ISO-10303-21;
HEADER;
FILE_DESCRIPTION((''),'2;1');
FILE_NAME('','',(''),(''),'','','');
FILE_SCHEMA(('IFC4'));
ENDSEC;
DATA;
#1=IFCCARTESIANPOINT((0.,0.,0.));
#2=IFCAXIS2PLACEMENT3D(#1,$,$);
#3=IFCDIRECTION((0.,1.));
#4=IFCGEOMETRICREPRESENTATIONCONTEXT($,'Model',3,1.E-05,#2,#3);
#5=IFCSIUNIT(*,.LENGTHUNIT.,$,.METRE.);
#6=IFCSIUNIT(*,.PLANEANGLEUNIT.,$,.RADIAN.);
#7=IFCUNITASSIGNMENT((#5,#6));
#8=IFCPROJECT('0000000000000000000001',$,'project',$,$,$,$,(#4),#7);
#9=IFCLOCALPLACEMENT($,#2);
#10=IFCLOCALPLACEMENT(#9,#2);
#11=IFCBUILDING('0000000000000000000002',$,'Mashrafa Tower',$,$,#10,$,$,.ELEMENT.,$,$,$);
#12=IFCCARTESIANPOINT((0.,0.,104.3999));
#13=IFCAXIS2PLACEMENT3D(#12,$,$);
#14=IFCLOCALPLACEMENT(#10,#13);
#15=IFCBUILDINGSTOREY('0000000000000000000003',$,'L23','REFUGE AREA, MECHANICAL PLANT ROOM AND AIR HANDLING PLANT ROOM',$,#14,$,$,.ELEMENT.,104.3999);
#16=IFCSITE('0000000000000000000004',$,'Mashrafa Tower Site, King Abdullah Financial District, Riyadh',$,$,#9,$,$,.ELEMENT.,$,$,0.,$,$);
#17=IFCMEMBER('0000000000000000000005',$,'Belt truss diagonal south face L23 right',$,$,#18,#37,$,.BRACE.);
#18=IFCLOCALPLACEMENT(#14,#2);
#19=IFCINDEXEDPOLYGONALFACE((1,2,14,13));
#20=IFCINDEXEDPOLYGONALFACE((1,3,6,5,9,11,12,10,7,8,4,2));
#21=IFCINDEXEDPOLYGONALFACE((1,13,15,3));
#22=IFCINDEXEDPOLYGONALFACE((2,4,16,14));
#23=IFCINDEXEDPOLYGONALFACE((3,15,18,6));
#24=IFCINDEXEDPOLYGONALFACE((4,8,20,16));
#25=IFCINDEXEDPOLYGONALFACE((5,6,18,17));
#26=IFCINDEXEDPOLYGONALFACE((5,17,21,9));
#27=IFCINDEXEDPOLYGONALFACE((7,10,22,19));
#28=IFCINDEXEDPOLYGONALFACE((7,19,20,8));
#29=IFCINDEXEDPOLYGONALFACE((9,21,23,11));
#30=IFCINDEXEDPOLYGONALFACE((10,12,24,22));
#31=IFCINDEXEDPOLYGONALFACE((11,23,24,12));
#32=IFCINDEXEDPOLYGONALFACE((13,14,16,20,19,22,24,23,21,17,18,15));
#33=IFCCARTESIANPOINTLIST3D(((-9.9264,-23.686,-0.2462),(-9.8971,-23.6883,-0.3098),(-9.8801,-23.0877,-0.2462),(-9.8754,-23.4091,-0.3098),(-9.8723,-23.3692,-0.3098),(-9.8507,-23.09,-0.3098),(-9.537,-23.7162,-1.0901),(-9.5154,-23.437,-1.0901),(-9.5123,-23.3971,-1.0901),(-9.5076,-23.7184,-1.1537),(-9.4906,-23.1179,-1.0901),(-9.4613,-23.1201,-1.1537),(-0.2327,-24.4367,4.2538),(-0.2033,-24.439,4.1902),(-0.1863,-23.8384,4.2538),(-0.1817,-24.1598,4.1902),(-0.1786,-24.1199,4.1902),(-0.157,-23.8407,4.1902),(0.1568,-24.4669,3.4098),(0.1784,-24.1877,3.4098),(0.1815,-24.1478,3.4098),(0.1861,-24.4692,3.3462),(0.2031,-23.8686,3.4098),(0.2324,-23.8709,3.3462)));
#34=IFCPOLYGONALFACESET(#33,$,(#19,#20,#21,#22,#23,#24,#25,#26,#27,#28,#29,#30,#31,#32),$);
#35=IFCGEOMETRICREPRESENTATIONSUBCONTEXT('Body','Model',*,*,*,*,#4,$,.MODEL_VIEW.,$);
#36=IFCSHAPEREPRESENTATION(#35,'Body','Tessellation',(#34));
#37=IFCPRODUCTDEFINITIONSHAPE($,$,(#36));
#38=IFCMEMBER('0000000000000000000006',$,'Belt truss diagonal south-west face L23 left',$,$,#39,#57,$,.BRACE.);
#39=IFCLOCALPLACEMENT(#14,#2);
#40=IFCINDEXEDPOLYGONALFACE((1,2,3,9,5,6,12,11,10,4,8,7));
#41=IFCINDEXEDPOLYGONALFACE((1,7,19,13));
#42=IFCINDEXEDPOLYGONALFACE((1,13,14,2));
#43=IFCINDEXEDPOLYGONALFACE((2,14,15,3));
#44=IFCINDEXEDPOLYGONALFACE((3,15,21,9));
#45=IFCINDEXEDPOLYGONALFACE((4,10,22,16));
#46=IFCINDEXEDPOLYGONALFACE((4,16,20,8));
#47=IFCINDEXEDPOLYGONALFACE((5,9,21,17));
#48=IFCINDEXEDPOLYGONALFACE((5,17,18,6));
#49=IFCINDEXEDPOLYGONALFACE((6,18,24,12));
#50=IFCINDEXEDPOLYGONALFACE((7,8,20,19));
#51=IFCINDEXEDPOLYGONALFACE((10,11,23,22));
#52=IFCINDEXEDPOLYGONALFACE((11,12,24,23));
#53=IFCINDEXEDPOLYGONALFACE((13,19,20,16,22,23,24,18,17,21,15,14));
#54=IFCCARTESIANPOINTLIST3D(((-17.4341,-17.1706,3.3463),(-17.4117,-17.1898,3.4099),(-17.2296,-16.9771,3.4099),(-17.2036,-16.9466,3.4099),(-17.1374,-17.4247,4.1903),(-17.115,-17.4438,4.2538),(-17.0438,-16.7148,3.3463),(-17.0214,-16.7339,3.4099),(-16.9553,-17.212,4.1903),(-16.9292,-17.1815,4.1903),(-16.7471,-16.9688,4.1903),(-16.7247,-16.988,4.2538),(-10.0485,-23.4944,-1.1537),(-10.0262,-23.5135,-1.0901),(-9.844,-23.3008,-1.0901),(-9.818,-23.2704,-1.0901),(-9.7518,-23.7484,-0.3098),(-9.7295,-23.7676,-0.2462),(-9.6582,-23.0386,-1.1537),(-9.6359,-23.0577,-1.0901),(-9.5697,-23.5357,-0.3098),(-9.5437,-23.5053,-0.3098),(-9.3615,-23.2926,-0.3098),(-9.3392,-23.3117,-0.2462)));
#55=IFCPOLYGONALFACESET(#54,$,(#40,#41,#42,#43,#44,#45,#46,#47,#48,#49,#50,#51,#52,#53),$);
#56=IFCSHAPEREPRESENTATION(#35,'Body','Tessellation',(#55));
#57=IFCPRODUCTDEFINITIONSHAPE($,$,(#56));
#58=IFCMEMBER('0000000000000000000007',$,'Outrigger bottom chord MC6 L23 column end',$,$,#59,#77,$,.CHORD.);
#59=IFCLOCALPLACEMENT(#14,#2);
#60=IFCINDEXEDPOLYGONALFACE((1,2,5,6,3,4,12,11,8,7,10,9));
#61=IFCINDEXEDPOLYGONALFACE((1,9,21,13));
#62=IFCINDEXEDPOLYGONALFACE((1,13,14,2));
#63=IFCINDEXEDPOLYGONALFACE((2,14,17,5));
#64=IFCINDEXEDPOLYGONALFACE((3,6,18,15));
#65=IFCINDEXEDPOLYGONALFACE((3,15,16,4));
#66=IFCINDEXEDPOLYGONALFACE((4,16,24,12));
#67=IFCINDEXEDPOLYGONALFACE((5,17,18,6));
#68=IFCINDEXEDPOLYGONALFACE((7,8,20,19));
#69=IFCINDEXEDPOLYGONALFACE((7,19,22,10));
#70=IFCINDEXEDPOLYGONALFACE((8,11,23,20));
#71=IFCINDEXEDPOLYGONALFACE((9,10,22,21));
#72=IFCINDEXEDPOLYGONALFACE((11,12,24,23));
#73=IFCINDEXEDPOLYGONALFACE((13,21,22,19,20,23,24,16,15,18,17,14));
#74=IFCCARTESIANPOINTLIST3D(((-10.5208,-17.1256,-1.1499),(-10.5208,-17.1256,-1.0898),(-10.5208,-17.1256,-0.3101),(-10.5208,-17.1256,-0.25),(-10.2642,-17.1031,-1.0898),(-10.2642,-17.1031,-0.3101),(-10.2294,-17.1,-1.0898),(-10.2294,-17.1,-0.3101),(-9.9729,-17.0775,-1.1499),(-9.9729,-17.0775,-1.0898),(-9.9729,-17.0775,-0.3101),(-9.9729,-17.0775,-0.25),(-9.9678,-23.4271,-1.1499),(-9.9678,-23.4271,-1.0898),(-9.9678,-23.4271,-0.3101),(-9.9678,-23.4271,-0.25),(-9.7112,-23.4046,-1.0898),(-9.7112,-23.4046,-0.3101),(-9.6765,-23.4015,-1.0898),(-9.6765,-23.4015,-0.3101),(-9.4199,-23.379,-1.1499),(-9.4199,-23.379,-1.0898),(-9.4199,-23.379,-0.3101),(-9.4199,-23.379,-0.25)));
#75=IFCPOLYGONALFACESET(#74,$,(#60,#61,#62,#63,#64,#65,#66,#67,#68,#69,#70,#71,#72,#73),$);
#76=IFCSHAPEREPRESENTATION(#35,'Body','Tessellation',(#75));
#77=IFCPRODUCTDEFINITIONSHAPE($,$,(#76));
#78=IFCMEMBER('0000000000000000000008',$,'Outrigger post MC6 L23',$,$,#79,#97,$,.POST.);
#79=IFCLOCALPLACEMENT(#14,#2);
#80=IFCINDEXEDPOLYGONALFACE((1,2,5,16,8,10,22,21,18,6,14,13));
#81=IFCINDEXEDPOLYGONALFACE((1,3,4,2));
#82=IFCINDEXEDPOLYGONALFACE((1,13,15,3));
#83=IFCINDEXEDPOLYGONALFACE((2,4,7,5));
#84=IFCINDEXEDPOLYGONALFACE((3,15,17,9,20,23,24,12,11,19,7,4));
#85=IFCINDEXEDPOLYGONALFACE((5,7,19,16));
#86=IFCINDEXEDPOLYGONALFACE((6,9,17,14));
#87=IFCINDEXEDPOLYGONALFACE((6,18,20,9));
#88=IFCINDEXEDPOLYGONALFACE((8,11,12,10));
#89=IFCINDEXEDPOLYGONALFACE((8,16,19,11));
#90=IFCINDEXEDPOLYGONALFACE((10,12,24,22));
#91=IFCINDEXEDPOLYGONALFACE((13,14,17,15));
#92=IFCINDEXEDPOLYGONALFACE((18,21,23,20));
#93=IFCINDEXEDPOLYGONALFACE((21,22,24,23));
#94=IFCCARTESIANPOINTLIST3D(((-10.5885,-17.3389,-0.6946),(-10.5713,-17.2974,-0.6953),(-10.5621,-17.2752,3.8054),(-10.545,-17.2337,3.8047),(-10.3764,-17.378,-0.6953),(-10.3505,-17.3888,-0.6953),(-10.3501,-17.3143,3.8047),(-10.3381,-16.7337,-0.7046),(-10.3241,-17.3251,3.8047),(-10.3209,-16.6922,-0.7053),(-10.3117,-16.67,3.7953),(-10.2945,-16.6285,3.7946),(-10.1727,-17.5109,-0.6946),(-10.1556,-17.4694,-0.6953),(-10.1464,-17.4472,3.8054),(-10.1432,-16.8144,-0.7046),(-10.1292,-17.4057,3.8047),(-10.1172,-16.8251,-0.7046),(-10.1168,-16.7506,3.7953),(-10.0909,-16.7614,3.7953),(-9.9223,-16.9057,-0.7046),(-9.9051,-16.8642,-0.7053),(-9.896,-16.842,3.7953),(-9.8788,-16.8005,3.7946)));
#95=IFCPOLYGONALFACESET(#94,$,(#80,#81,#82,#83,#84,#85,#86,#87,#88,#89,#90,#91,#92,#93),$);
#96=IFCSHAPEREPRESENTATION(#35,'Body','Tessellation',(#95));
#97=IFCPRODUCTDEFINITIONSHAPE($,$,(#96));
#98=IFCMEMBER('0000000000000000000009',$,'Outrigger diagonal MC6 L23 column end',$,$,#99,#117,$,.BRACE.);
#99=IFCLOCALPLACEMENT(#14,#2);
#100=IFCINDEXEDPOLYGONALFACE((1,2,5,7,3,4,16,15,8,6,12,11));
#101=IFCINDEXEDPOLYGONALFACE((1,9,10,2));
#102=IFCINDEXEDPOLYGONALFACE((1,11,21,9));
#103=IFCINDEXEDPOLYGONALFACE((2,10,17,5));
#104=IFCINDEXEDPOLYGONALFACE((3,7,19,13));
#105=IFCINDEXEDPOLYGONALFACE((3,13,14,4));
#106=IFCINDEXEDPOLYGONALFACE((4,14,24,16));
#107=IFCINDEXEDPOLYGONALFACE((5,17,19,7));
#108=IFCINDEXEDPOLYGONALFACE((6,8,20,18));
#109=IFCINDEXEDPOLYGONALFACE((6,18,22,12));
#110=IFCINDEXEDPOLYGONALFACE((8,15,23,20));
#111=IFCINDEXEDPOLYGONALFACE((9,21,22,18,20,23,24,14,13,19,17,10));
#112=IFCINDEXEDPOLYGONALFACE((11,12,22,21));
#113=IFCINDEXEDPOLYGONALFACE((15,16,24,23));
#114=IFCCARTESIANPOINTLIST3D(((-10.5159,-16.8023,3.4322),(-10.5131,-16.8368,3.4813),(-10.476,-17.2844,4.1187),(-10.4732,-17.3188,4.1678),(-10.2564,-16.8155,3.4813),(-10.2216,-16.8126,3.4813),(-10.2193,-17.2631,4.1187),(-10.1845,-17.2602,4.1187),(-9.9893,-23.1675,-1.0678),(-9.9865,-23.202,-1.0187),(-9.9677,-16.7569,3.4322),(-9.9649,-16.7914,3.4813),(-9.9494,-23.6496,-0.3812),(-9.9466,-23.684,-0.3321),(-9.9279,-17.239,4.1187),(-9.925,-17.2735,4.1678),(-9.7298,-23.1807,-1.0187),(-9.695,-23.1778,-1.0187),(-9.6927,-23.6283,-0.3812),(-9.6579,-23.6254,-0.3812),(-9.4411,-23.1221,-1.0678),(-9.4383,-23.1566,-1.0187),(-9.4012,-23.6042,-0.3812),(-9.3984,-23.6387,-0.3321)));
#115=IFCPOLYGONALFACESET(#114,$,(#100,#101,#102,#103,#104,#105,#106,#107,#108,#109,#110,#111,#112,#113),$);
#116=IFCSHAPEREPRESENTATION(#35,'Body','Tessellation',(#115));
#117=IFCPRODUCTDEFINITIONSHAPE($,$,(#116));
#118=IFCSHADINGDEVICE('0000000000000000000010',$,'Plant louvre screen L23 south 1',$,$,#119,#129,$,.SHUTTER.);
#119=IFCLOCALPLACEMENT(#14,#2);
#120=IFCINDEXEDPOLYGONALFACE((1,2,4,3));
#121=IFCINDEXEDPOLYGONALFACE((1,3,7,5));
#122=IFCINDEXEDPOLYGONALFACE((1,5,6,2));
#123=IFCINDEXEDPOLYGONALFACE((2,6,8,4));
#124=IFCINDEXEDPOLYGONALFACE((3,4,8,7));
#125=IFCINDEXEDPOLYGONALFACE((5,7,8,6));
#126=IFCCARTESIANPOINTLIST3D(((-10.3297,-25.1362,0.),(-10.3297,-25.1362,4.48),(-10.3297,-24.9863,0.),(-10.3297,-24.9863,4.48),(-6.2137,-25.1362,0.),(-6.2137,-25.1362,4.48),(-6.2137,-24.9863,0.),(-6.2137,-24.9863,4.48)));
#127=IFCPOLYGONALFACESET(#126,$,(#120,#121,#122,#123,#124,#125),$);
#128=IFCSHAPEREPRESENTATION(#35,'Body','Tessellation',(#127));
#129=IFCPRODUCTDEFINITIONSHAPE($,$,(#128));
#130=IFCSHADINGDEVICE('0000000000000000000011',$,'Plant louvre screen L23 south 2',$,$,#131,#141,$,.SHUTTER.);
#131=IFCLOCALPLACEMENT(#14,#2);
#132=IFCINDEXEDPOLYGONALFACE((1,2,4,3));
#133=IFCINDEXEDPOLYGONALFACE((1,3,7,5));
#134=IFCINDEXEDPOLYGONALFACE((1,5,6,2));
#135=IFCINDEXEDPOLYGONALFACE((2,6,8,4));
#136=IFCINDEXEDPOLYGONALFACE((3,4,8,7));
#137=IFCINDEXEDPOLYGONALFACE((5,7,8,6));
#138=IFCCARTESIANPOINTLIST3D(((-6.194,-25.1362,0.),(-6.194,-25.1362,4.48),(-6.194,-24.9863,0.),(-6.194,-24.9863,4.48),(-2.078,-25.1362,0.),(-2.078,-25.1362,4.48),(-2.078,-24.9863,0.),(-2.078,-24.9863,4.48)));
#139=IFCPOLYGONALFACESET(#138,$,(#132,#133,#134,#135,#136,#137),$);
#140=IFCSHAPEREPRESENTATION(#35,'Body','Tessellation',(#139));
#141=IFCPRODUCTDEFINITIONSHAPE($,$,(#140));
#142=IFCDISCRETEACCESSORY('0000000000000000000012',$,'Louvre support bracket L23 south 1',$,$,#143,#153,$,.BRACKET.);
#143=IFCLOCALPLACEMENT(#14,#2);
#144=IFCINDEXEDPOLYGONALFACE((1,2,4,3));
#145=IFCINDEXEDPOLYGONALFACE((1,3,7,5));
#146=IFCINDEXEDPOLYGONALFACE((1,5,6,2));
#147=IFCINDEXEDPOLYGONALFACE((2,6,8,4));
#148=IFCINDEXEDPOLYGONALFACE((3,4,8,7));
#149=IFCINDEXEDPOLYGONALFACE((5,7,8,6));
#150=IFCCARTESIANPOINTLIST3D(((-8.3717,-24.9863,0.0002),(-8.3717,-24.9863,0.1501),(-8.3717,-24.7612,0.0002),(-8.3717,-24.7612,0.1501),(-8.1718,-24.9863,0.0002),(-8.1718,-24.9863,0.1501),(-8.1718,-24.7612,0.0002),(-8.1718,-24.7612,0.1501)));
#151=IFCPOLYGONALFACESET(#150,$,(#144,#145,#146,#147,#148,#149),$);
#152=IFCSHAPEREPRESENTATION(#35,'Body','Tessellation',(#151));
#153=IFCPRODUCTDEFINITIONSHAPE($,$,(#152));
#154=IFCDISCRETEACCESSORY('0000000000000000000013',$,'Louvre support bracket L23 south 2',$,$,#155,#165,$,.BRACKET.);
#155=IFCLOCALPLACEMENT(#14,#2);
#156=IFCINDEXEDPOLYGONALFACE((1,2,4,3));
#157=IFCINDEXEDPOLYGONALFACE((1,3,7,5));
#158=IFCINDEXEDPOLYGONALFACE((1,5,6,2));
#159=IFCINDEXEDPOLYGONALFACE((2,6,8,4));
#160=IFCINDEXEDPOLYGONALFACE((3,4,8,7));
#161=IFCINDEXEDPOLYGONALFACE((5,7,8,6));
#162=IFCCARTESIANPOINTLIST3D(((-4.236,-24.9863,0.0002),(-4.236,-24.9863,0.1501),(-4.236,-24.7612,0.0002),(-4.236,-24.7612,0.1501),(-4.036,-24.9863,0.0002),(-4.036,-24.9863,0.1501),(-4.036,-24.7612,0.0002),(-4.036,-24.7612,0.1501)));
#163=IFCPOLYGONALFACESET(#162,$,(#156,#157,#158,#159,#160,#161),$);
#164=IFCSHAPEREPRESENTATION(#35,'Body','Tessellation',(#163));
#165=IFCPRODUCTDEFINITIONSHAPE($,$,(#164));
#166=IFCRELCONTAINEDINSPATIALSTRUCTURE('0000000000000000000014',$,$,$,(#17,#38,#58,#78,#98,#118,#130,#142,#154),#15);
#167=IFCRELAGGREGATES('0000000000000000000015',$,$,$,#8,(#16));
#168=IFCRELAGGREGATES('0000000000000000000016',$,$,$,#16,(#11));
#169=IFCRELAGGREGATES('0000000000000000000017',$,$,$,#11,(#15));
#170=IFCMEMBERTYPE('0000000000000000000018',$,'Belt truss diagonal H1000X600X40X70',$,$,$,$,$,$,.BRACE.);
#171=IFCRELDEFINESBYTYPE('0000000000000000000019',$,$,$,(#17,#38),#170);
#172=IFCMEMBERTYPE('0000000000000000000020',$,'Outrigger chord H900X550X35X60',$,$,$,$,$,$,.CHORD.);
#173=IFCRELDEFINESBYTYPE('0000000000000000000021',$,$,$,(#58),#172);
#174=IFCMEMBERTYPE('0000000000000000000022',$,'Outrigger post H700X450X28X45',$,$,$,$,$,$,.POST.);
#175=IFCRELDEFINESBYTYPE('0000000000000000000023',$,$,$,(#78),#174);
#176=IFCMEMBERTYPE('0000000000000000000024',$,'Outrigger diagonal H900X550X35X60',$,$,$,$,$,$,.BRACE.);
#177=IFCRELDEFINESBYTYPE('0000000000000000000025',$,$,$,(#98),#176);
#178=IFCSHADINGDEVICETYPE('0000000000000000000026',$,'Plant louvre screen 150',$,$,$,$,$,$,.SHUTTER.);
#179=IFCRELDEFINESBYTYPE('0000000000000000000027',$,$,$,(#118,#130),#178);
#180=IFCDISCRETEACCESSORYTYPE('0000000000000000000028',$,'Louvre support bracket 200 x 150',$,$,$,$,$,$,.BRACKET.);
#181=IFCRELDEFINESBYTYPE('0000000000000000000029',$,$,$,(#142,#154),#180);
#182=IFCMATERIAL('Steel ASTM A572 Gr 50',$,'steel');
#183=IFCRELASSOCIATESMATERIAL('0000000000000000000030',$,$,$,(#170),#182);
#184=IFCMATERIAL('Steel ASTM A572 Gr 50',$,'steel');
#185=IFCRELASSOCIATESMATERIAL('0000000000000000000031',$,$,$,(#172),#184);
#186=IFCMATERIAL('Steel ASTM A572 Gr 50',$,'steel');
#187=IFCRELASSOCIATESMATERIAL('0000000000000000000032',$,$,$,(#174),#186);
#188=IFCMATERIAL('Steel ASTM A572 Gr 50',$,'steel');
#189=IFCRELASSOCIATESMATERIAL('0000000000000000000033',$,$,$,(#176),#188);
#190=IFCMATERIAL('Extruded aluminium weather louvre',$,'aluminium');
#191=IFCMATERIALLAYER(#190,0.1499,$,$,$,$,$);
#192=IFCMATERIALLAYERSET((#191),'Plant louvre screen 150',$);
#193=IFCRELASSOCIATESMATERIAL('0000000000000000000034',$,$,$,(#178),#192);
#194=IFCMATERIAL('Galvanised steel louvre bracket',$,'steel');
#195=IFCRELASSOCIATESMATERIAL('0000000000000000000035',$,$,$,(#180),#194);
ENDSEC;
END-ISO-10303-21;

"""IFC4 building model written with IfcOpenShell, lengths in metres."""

from ifc_helpers import new_model, si_unit, direction, frame, origin, origin_2d, place, context, subcontext, project, spatial, rectangle, i_section, extrude, source, transform, mapped, material, layer, layer_set, material_profile, profile_set, type_object, type_shapes, element, save


model = new_model("IFC4")

# Units and contexts
model_context = context("Model", 3, precision=1e-05, world=origin(), true_north=direction((0.0, 1.0)))
body_context = subcontext(model_context, "Body", "Model", "MODEL_VIEW")
ifc_project = project(units=[si_unit("LENGTHUNIT", "METRE"), si_unit("PLANEANGLEUNIT", "RADIAN")], contexts=[model_context])

# Site, building, storey
site_placement = place(None, origin())
site = spatial("IfcSite", under=ifc_project, at=site_placement, Name="Mashrafa Tower Site, King Abdullah Financial District, Riyadh", CompositionType="ELEMENT", RefElevation=0.0)
building_placement = place(site_placement, origin())
building = spatial("IfcBuilding", under=site, at=building_placement, Name="Mashrafa Tower", CompositionType="ELEMENT")
storey_placement = place(building_placement, frame((0.0, 0.0, 104.3999)))
storey = spatial("IfcBuildingStorey", under=building, at=storey_placement, Name="L23", Description="REFUGE AREA, MECHANICAL PLANT ROOM AND AIR HANDLING PLANT ROOM", CompositionType="ELEMENT", Elevation=104.3999)

# Members
ifc_material_1 = material(Name="Steel ASTM A572 Gr 50", Category="steel")
ifc_material_profile_1 = material_profile(ifc_material_1, i_section(OverallWidth=0.6001, OverallDepth=1.0, WebThickness=0.04, FlangeThickness=0.0701, at=origin_2d()), Name="H1000X600X40X70")
ifc_profile_set_1 = profile_set([ifc_material_profile_1], Name="Steel ASTM A572 Gr 50")
member_type_1 = type_object("IfcMemberType", Name="Belt truss diagonal H1000X600X40X70", PredefinedType="BRACE", material=ifc_profile_set_1)
shared_shape_1 = source(origin(), body_context, "Body", "SweptSolid", [
    extrude(i_section(OverallWidth=0.6001, OverallDepth=1.0, WebThickness=0.04, FlangeThickness=0.0701, at=origin_2d()), origin(), (0.0, 0.0, 1.0), 10.7136),
])
member_1_placement = place(storey_placement, frame((-9.6938, -23.4031, -0.7), z_axis=(0.904805, -0.070072, 0.420021), x_axis=(0.077213, 0.997015, 0.0)))
element("IfcMember", 1, at=member_1_placement, inside=storey, type_object=member_type_1, Name="Belt truss diagonal south face L23 right", PredefinedType="BRACE", context=body_context, shape_type="MappedRepresentation", body=[
    mapped(shared_shape_1, transform((0.0, 0.0, 0.0))),
])
shared_shape_2 = source(origin(), body_context, "Body", "SweptSolid", [
    extrude(i_section(OverallWidth=0.6001, OverallDepth=1.0, WebThickness=0.04, FlangeThickness=0.0701, at=origin_2d()), origin(), (0.0, 0.0, 1.0), 10.7139),
])
type_shapes(member_type_1, [shared_shape_1, shared_shape_2])
member_2_placement = place(storey_placement, frame((-9.6938, -23.4031, -0.7), z_axis=(-0.689345, 0.590243, 0.42002), x_axis=(-0.650394, -0.759597, 0.0)))
element("IfcMember", 2, at=member_2_placement, inside=storey, type_object=member_type_1, Name="Belt truss diagonal south-west face L23 left", PredefinedType="BRACE", context=body_context, shape_type="MappedRepresentation", body=[
    mapped(shared_shape_2, transform((0.0, 0.0, 0.0))),
])
ifc_material_2 = material(Name="Steel ASTM A572 Gr 50", Category="steel")
ifc_material_profile_2 = material_profile(ifc_material_2, i_section(OverallWidth=0.55, OverallDepth=0.8999, WebThickness=0.0349, FlangeThickness=0.0601, at=origin_2d()), Name="H900X550X35X60")
ifc_profile_set_2 = profile_set([ifc_material_profile_2], Name="Steel ASTM A572 Gr 50")
member_type_2 = type_object("IfcMemberType", Name="Outrigger chord H900X550X35X60", PredefinedType="CHORD", material=ifc_profile_set_2)
shared_shape_3 = source(origin(), body_context, "Body", "SweptSolid", [
    extrude(i_section(OverallWidth=0.55, OverallDepth=0.8999, WebThickness=0.0349, FlangeThickness=0.0601, at=origin_2d()), origin(), (0.0, 0.0, 1.0), 6.3257),
])
type_shapes(member_type_2, [shared_shape_3])
member_3_placement = place(storey_placement, frame((-10.2468, -17.1016, -0.7), z_axis=(0.087417, -0.996172, 0.0), x_axis=(0.996172, 0.087417, 0.0)))
element("IfcMember", 3, at=member_3_placement, inside=storey, type_object=member_type_2, Name="Outrigger bottom chord MC6 L23 column end", PredefinedType="CHORD", context=body_context, shape_type="MappedRepresentation", body=[
    mapped(shared_shape_3, transform((0.0, 0.0, 0.0))),
])
ifc_material_3 = material(Name="Steel ASTM A572 Gr 50", Category="steel")
ifc_material_profile_3 = material_profile(ifc_material_3, i_section(OverallWidth=0.45, OverallDepth=0.7, WebThickness=0.0281, FlangeThickness=0.0449, at=origin_2d()), Name="H700X450X28X45")
ifc_profile_set_3 = profile_set([ifc_material_profile_3], Name="Steel ASTM A572 Gr 50")
member_type_3 = type_object("IfcMemberType", Name="Outrigger post H700X450X28X45", PredefinedType="POST", material=ifc_profile_set_3)
shared_shape_4 = source(origin(), body_context, "Body", "SweptSolid", [
    extrude(i_section(OverallWidth=0.45, OverallDepth=0.7, WebThickness=0.0281, FlangeThickness=0.0449, at=origin_2d()), origin(), (0.0, 0.0, 1.0), 4.5005),
])
type_shapes(member_type_3, [shared_shape_4])
member_4_placement = place(storey_placement, frame((-10.2468, -17.1016, -0.7), z_axis=(0.005859, 0.014158, 0.999883), x_axis=(-0.924017, 0.382352, 0.0)))
element("IfcMember", 4, at=member_4_placement, inside=storey, type_object=member_type_3, Name="Outrigger post MC6 L23", PredefinedType="POST", context=body_context, shape_type="MappedRepresentation", body=[
    mapped(shared_shape_4, transform((0.0, 0.0, 0.0))),
])
ifc_material_4 = material(Name="Steel ASTM A572 Gr 50", Category="steel")
ifc_material_profile_4 = material_profile(ifc_material_4, i_section(OverallWidth=0.55, OverallDepth=0.8999, WebThickness=0.0349, FlangeThickness=0.0601, at=origin_2d()), Name="H900X550X35X60")
ifc_profile_set_4 = profile_set([ifc_material_profile_4], Name="Steel ASTM A572 Gr 50")
member_type_4 = type_object("IfcMemberType", Name="Outrigger diagonal H900X550X35X60", PredefinedType="BRACE", material=ifc_profile_set_4)
shared_shape_5 = source(origin(), body_context, "Body", "SweptSolid", [
    extrude(i_section(OverallWidth=0.55, OverallDepth=0.8999, WebThickness=0.0349, FlangeThickness=0.0601, at=origin_2d()), origin(), (0.0, 0.0, 1.0), 7.813),
])
type_shapes(member_type_4, [shared_shape_5])
member_5_placement = place(storey_placement, frame((-9.6938, -23.4031, -0.7), z_axis=(-0.067402, 0.814694, 0.575961), x_axis=(-0.996595, -0.082451, 0.0)))
element("IfcMember", 5, at=member_5_placement, inside=storey, type_object=member_type_4, Name="Outrigger diagonal MC6 L23 column end", PredefinedType="BRACE", context=body_context, shape_type="MappedRepresentation", body=[
    mapped(shared_shape_5, transform((0.0, 0.0, 0.0))),
])

# Shading devices
ifc_material_5 = material(Name="Extruded aluminium weather louvre", Category="aluminium")
ifc_layer = layer(ifc_material_5, 0.1499)
ifc_layer_set = layer_set([ifc_layer], Name="Plant louvre screen 150")
shading_device_type = type_object("IfcShadingDeviceType", Name="Plant louvre screen 150", PredefinedType="SHUTTER", material=ifc_layer_set)
shared_shape_6 = source(origin(), body_context, "Body", "SweptSolid", [
    extrude(rectangle(XDim=4.116, YDim=0.1499, at=origin_2d()), origin(), (0.0, 0.0, 1.0), 4.48),
])
type_shapes(shading_device_type, [shared_shape_6])
for number, where, z_axis, x_axis, name in (
    (6, (-8.2717, -25.0613, 0.0), (0.0, 0.0, 1.0), (1.0, 0.0, 0.0), "Plant louvre screen L23 south 1"),
    (7, (-4.136, -25.0613, 0.0), (0.0, 0.0, 1.0), (1.0, 0.0, 0.0), "Plant louvre screen L23 south 2"),
):
    element("IfcShadingDevice", number, at=place(storey_placement, frame(where, z_axis=z_axis, x_axis=x_axis)), inside=storey, type_object=shading_device_type, Name=name, PredefinedType="SHUTTER", context=body_context, shape_type="MappedRepresentation", body=[
        mapped(shared_shape_6, transform((0.0, 0.0, 0.0))),
    ])

# Discrete accessories
ifc_material_6 = material(Name="Galvanised steel louvre bracket", Category="steel")
discrete_accessory_type = type_object("IfcDiscreteAccessoryType", Name="Louvre support bracket 200 x 150", PredefinedType="BRACKET", material=ifc_material_6)
shared_shape_7 = source(origin(), body_context, "Body", "SweptSolid", [
    extrude(rectangle(XDim=0.2, YDim=0.2251, at=origin_2d()), origin(), (0.0, 0.0, 1.0), 0.1499),
])
type_shapes(discrete_accessory_type, [shared_shape_7])
for number, where, z_axis, x_axis, name in (
    (8, (-8.2717, -24.8738, 0.0002), (0.0, 0.0, 1.0), (1.0, 0.0, 0.0), "Louvre support bracket L23 south 1"),
    (9, (-4.136, -24.8738, 0.0002), (0.0, 0.0, 1.0), (1.0, 0.0, 0.0), "Louvre support bracket L23 south 2"),
):
    element("IfcDiscreteAccessory", number, at=place(storey_placement, frame(where, z_axis=z_axis, x_axis=x_axis)), inside=storey, type_object=discrete_accessory_type, Name=name, PredefinedType="BRACKET", context=body_context, shape_type="MappedRepresentation", body=[
        mapped(shared_shape_7, transform((0.0, 0.0, 0.0))),
    ])

save(model, "model.ifc")
